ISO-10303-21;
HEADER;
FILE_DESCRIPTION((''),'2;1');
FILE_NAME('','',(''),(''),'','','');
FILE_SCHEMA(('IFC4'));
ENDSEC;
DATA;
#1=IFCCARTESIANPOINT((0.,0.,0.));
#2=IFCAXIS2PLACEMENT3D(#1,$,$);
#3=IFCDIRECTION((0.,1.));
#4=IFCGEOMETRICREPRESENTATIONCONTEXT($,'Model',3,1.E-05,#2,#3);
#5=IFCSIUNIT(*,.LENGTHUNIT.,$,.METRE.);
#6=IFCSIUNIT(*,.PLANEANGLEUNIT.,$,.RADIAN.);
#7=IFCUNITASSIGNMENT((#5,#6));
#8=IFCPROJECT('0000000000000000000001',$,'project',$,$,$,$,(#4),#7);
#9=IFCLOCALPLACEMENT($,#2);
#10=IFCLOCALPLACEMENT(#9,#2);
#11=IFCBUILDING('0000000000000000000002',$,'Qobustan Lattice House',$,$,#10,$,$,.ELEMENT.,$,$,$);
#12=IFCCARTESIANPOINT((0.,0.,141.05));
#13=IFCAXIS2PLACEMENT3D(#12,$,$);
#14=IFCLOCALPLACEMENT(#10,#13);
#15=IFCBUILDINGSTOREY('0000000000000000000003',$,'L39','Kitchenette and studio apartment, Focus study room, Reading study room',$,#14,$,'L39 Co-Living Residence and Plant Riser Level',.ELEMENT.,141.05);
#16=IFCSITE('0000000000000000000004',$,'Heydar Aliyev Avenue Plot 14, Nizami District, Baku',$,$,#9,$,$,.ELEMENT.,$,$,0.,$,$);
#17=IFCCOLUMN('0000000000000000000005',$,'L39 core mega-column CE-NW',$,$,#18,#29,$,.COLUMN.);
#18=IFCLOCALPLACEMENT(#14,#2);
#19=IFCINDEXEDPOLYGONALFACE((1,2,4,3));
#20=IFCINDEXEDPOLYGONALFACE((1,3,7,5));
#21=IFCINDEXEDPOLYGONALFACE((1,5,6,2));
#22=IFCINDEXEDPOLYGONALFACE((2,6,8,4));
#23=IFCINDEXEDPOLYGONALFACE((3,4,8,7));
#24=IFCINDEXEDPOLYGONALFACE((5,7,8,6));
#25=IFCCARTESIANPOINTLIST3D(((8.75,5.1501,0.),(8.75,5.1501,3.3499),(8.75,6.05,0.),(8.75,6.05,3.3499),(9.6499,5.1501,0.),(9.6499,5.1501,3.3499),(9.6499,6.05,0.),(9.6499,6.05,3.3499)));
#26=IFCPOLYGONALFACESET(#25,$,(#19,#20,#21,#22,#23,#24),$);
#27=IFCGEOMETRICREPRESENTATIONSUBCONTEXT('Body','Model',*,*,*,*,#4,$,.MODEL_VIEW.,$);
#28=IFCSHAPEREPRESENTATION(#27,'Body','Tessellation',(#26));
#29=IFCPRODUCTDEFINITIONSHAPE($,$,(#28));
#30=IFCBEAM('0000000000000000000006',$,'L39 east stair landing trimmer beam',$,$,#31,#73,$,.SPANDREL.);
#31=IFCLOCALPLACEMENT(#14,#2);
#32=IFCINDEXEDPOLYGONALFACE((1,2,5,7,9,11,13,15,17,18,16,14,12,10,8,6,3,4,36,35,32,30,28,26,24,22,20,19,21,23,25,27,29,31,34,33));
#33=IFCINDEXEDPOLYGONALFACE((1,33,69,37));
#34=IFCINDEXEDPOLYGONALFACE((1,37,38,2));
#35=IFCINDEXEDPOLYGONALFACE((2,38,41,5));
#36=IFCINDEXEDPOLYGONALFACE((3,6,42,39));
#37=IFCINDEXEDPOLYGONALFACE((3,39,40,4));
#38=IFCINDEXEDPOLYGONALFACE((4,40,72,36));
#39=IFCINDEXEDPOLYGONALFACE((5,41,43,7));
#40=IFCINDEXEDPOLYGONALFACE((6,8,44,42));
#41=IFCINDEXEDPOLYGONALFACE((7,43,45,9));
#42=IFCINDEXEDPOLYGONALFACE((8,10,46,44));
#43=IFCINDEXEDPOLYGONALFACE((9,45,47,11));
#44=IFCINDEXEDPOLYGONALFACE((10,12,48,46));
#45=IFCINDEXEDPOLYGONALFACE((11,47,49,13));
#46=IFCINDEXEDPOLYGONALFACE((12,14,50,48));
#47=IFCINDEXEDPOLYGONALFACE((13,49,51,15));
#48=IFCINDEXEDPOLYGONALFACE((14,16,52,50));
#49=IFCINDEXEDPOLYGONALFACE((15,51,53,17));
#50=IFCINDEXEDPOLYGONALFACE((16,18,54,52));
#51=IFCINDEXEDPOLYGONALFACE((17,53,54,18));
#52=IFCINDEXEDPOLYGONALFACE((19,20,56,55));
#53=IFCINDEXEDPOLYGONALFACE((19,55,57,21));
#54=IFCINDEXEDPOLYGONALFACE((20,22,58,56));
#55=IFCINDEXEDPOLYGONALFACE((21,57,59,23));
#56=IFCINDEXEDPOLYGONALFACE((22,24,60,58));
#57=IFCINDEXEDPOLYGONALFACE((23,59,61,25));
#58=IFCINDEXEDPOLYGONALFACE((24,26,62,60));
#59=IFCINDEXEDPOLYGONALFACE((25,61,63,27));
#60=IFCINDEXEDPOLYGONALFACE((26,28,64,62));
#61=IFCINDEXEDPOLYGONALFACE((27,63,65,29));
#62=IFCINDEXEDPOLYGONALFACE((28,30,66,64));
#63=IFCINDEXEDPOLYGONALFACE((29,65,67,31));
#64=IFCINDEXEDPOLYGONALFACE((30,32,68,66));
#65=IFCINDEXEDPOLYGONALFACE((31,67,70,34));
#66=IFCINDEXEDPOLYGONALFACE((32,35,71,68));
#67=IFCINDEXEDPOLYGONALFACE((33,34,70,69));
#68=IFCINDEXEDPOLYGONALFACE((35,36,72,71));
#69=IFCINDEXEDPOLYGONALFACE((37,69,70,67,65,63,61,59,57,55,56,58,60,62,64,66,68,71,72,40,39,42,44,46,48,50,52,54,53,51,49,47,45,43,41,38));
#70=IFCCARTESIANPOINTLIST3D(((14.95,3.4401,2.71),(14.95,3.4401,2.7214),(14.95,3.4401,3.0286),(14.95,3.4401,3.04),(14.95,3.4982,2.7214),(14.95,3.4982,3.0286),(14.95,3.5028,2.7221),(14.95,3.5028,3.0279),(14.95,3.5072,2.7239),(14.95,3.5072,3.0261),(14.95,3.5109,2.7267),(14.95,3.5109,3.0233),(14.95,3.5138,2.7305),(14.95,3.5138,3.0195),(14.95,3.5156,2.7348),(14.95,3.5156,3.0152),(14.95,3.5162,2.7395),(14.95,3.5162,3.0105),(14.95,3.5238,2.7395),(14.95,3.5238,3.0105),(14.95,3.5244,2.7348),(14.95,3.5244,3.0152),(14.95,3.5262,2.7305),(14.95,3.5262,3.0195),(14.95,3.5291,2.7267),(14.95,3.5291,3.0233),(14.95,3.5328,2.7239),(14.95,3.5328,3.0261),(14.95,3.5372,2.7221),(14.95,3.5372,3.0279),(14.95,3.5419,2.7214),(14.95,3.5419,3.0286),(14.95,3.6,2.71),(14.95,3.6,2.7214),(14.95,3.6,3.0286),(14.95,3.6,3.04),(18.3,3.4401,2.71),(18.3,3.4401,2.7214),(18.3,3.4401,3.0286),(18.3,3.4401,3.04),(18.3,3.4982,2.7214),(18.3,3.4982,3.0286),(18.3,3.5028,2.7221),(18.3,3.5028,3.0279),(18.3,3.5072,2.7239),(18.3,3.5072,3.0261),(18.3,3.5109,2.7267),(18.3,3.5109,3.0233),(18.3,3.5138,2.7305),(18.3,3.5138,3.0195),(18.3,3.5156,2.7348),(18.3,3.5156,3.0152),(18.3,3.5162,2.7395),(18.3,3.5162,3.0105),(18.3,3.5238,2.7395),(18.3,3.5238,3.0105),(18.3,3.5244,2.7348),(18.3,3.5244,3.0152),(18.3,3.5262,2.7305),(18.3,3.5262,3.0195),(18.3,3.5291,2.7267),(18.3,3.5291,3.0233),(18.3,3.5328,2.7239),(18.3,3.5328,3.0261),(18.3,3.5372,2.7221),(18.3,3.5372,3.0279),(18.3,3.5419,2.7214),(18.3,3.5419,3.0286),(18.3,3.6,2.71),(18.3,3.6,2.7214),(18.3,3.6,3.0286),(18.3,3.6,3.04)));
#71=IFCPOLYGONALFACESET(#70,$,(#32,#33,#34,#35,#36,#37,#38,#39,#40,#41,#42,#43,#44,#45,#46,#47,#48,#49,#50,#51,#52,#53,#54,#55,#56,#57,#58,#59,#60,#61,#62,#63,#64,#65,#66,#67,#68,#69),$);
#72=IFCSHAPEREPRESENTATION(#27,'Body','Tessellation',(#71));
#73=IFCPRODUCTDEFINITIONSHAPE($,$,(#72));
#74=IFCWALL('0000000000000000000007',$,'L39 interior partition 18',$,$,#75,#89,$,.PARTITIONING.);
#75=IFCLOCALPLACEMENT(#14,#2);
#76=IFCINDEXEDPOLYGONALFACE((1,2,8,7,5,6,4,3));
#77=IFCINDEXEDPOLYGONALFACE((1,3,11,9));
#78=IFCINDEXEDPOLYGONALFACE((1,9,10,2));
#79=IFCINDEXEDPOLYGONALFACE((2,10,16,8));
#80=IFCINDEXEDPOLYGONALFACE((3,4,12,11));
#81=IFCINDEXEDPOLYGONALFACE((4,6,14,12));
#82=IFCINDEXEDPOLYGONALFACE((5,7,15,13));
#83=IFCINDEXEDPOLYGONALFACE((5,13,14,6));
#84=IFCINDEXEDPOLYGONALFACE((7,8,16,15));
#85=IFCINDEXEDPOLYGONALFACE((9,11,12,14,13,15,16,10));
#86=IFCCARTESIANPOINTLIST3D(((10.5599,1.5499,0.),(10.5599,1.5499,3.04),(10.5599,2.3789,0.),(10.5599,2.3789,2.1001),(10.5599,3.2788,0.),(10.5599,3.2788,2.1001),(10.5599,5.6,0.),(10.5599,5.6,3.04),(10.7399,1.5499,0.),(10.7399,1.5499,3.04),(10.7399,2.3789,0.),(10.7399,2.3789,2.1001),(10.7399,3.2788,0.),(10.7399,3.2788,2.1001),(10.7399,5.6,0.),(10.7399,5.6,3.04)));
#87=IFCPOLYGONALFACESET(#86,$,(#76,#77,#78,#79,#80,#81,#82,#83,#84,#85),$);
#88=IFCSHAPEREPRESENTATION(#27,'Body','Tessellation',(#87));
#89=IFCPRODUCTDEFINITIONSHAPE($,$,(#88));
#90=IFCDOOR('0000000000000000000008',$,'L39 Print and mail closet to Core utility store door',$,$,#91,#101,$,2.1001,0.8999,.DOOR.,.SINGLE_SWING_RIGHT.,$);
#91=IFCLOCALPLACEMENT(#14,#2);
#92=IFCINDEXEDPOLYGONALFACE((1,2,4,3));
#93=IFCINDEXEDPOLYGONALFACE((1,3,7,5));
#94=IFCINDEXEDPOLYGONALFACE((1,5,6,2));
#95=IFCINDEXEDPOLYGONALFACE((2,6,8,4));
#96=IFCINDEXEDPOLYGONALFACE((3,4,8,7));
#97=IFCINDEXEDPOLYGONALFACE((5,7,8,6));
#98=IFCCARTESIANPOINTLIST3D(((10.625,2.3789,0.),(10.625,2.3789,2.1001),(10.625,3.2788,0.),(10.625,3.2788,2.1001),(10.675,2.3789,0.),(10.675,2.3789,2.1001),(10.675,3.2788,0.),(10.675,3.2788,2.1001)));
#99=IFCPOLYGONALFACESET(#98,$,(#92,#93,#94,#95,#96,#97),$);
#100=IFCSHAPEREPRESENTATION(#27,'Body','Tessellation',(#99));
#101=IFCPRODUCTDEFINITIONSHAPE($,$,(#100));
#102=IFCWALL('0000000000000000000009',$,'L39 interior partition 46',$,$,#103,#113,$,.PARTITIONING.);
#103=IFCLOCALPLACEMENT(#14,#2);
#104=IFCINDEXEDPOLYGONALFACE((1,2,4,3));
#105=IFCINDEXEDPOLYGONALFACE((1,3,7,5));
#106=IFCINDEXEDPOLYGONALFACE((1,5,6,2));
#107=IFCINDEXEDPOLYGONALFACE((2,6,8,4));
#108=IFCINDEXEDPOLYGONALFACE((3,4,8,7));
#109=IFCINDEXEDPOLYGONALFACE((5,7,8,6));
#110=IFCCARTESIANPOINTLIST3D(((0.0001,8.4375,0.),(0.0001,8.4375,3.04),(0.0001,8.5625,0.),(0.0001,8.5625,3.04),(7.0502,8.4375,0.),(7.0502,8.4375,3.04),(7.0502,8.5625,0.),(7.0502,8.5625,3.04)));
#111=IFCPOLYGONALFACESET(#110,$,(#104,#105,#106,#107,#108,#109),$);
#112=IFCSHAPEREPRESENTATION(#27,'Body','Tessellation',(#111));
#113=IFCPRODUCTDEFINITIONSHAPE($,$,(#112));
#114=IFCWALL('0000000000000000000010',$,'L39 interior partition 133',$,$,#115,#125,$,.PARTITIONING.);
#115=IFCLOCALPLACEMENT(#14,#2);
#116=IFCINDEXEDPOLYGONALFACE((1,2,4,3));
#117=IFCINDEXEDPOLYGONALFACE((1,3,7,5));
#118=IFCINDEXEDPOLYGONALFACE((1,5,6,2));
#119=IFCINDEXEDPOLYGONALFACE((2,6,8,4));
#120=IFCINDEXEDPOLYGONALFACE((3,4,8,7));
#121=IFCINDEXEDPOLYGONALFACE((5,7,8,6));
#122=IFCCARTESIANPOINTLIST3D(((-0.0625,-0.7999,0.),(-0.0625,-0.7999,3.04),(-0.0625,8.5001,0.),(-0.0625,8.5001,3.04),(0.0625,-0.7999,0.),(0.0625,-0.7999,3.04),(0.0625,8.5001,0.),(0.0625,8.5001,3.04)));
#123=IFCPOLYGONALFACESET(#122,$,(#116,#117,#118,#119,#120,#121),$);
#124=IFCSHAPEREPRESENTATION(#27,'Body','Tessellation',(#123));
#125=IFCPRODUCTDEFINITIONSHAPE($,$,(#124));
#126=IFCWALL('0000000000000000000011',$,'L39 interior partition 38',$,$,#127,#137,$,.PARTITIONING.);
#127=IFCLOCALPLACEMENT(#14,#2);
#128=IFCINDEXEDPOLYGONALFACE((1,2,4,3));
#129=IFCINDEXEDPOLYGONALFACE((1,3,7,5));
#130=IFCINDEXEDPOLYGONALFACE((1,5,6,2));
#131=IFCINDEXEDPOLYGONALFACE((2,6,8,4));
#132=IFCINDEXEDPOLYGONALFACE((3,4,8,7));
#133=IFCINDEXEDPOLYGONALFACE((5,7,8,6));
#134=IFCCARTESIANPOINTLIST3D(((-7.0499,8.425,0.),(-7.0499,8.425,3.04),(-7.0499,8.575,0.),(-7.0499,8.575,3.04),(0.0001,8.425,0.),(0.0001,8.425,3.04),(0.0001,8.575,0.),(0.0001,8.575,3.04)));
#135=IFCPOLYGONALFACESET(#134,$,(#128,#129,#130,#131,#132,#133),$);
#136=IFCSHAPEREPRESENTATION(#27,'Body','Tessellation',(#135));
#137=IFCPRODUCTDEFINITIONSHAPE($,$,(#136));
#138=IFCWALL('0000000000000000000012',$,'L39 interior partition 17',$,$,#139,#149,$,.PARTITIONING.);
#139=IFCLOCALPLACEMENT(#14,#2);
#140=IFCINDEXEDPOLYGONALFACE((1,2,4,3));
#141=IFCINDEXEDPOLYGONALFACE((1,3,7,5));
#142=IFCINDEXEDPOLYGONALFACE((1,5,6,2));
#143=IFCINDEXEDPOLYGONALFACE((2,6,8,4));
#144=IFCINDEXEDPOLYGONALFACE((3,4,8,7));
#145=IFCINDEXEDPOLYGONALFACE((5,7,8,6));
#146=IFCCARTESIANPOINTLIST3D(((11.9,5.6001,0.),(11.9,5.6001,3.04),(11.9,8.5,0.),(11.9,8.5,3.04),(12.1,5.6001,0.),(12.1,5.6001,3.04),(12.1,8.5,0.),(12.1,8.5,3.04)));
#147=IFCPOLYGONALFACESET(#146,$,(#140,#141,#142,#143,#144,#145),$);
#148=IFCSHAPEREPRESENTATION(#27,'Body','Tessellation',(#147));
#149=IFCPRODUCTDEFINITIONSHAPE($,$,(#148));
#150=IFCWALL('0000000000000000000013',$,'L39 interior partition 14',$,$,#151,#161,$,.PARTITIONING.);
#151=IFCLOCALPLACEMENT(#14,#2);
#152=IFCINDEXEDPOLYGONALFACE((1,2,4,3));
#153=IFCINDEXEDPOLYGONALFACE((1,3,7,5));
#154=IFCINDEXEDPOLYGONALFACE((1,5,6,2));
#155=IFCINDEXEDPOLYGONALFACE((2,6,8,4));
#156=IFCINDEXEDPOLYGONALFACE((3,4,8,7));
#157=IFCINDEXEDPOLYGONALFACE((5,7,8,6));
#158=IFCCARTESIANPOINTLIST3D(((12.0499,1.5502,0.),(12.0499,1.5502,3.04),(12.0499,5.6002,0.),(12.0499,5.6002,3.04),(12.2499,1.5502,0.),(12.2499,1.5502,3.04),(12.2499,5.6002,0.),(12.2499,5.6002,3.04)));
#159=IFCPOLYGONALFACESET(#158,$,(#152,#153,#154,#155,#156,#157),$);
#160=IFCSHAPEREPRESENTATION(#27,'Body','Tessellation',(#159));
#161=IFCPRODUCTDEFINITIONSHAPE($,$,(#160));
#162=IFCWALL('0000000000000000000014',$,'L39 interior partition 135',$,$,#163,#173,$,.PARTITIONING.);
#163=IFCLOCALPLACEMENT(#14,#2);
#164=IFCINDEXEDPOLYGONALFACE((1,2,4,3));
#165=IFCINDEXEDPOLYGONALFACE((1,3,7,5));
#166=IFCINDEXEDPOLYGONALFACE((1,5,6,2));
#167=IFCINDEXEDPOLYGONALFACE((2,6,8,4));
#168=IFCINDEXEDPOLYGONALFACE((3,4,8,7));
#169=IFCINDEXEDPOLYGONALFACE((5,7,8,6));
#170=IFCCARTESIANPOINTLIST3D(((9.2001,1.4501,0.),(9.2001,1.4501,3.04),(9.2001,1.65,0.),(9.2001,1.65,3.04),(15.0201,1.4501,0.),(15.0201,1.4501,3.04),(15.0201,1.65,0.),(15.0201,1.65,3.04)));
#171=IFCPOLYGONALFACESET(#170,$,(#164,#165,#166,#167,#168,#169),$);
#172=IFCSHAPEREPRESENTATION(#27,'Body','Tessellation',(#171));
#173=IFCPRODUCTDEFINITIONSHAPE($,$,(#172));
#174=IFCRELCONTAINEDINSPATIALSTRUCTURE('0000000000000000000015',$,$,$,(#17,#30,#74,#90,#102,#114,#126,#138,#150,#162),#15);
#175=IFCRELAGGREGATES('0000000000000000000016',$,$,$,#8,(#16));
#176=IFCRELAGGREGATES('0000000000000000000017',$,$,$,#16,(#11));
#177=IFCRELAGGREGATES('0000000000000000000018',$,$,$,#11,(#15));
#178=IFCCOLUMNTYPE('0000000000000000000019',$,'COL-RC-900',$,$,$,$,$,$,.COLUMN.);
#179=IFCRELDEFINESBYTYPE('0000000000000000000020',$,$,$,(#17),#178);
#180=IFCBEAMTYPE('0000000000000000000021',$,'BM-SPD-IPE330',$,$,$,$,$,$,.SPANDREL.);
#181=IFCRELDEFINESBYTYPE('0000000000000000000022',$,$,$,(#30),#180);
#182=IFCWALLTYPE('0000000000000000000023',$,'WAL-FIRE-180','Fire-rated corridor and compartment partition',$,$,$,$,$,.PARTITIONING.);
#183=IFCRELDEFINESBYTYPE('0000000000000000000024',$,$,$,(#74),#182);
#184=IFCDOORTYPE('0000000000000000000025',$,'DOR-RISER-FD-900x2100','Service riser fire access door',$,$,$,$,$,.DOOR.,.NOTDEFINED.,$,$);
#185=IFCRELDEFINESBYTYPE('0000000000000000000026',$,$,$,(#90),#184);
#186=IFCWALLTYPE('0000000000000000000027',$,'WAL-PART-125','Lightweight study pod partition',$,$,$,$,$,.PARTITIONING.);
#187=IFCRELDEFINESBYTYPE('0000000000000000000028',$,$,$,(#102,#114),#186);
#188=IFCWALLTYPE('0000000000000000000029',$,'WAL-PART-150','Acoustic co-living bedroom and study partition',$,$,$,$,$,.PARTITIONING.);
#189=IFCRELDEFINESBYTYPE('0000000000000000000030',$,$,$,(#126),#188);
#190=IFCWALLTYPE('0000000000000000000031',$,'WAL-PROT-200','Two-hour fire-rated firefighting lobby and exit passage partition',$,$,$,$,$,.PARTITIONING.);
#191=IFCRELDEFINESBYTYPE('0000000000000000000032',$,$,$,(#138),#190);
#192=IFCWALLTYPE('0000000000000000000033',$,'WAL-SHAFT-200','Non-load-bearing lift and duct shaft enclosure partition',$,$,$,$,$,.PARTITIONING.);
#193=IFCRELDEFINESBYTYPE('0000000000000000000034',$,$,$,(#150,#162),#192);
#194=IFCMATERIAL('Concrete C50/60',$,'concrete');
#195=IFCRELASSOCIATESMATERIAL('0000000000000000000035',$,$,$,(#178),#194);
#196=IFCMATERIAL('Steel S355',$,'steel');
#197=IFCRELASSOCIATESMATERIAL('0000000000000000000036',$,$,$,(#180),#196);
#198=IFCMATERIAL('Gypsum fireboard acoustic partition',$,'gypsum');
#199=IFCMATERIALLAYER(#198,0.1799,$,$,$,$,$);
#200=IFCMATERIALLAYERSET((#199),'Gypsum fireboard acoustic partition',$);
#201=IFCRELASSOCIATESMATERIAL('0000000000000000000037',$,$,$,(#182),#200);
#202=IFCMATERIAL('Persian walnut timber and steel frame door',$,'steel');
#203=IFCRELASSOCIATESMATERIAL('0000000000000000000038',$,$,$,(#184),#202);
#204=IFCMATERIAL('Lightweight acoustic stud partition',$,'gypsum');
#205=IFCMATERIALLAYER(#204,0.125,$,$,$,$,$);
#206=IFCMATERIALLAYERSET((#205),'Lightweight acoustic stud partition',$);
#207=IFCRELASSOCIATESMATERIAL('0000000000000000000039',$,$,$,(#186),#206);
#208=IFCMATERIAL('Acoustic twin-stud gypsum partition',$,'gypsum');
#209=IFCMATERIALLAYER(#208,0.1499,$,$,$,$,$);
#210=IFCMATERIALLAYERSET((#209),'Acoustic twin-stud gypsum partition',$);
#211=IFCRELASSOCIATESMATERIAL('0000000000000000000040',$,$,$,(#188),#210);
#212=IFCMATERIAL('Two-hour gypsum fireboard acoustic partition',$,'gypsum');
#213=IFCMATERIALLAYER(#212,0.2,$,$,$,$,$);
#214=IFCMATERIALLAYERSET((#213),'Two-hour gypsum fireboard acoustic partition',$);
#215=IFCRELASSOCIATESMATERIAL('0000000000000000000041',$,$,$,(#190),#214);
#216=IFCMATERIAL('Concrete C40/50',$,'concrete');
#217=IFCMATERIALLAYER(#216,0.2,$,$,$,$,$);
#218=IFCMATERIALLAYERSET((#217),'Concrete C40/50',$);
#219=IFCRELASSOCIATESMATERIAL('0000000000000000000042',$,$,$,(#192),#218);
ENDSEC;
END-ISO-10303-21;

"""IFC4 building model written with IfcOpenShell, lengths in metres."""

from ifc_helpers import new_model, si_unit, direction, frame, frame_2d, origin, origin_2d, place, context, subcontext, project, spatial, rectangle, i_section, extrude, material, layer, layer_set, material_profile, profile_set, type_object, element, fill, save


model = new_model("IFC4")

# Units and contexts
model_context = context("Model", 3, precision=1e-05, world=origin(), true_north=direction((0.0, 1.0)))
body_context = subcontext(model_context, "Body", "Model", "MODEL_VIEW")
ifc_project = project(units=[si_unit("LENGTHUNIT", "METRE"), si_unit("PLANEANGLEUNIT", "RADIAN")], contexts=[model_context])

# Site, building, storey
site_placement = place(None, origin())
site = spatial("IfcSite", under=ifc_project, at=site_placement, Name="Heydar Aliyev Avenue Plot 14, Nizami District, Baku", CompositionType="ELEMENT", RefElevation=0.0)
building_placement = place(site_placement, origin())
building = spatial("IfcBuilding", under=site, at=building_placement, Name="Qobustan Lattice House", CompositionType="ELEMENT")
storey_placement = place(building_placement, frame((0.0, 0.0, 141.05)))
storey = spatial("IfcBuildingStorey", under=building, at=storey_placement, Name="L39", Description="Kitchenette and studio apartment, Focus study room, Reading study room", LongName="L39 Co-Living Residence and Plant Riser Level", CompositionType="ELEMENT", Elevation=141.05)

# Column
ifc_material_1 = material(Name="Concrete C50/60", Category="concrete")
ifc_material_profile_1 = material_profile(ifc_material_1, rectangle(XDim=0.8999, YDim=0.8999, at=origin_2d()), Name="RC900x900")
ifc_profile_set_1 = profile_set([ifc_material_profile_1], Name="Concrete C50/60")
column_type = type_object("IfcColumnType", Name="COL-RC-900", PredefinedType="COLUMN", material=ifc_profile_set_1)
column_placement = place(storey_placement, frame((9.2, 5.6001, 0.0), z_axis=(0.0, 0.0, 1.0), x_axis=(1.0, 0.0, 0.0)))
element("IfcColumn", 1, at=column_placement, inside=storey, type_object=column_type, Name="L39 core mega-column CE-NW", PredefinedType="COLUMN", context=body_context, shape_type="SweptSolid", body=[
    extrude(rectangle(XDim=0.8999, YDim=0.8999, at=origin_2d()), origin(), (0.0, 0.0, 1.0), 3.3499),
])

# Beam
ifc_material_2 = material(Name="Steel S355", Category="steel")
ifc_material_profile_2 = material_profile(ifc_material_2, i_section(OverallWidth=0.1599, OverallDepth=0.3301, WebThickness=0.0076, FlangeThickness=0.0115, FilletRadius=0.0181, at=origin_2d()), Name="IPE330")
ifc_profile_set_2 = profile_set([ifc_material_profile_2], Name="Steel S355")
beam_type = type_object("IfcBeamType", Name="BM-SPD-IPE330", PredefinedType="SPANDREL", material=ifc_profile_set_2)
beam_placement = place(storey_placement, frame((14.95, 3.52, 2.875), z_axis=(1.0, 0.0, 0.0), x_axis=(0.0, 1.0, 0.0)))
element("IfcBeam", 2, at=beam_placement, inside=storey, type_object=beam_type, Name="L39 east stair landing trimmer beam", PredefinedType="SPANDREL", context=body_context, shape_type="SweptSolid", body=[
    extrude(i_section(OverallWidth=0.1599, OverallDepth=0.3301, WebThickness=0.0076, FlangeThickness=0.0115, FilletRadius=0.0181, at=origin_2d()), origin(), (0.0, 0.0, 1.0), 3.3501),
])

# Wall, opening, door
ifc_material_3 = material(Name="Gypsum fireboard acoustic partition", Category="gypsum")
ifc_layer_1 = layer(ifc_material_3, 0.1799)
ifc_layer_set_1 = layer_set([ifc_layer_1], Name="Gypsum fireboard acoustic partition")
wall_type_1 = type_object("IfcWallType", Name="WAL-FIRE-180", Description="Fire-rated corridor and compartment partition", PredefinedType="PARTITIONING", material=ifc_layer_set_1)
wall_1_placement = place(storey_placement, frame((10.6499, 1.55, 0.0), z_axis=(0.0, 0.0, 1.0), x_axis=(0.0, 1.0, 0.0)))
wall_1 = element("IfcWall", 3, at=wall_1_placement, inside=storey, type_object=wall_type_1, Name="L39 interior partition 18", PredefinedType="PARTITIONING", context=body_context, shape_type="SweptSolid", body=[
    extrude(rectangle(XDim=4.05, YDim=0.1799, at=frame_2d((2.0249, 0.0))), origin(), (0.0, 0.0, 1.0), 3.04),
])
opening_1_placement = place(wall_1_placement, frame((0.8289, 0.0, 0.0)))
opening_1 = element("IfcOpeningElement", 4, at=opening_1_placement, cuts=wall_1, PredefinedType="OPENING", context=body_context, shape_type="SweptSolid", body=[
    extrude(rectangle(XDim=0.8999, YDim=2.1001, at=frame_2d((0.45, 1.05))), frame((0.0, 0.0999, 0.0), z_axis=(0.0, -1.0, 0.0), x_axis=(1.0, 0.0, 0.0)), (0.0, 0.0, 1.0), 0.2),
])
ifc_material_4 = material(Name="Persian walnut timber and steel frame door", Category="steel")
door_type_1 = type_object("IfcDoorType", Name="DOR-RISER-FD-900x2100", Description="Service riser fire access door", OperationType="NOTDEFINED", PredefinedType="DOOR", material=ifc_material_4)
door_1_placement = place(opening_1_placement, origin())
door_1 = element("IfcDoor", 5, at=door_1_placement, inside=storey, type_object=door_type_1, Name="L39 Print and mail closet to Core utility store door", OperationType="SINGLE_SWING_RIGHT", OverallHeight=2.1001, OverallWidth=0.8999, PredefinedType="DOOR", context=body_context, shape_type="SweptSolid", body=[
    extrude(rectangle(XDim=0.8999, YDim=2.1001, at=frame_2d((0.45, 1.05))), frame((0.0, 0.0249, 0.0), z_axis=(0.0, -1.0, 0.0), x_axis=(1.0, 0.0, 0.0)), (0.0, 0.0, 1.0), 0.05),
])
fill(opening_1, door_1)

# Walls
ifc_material_5 = material(Name="Lightweight acoustic stud partition", Category="gypsum")
ifc_layer_2 = layer(ifc_material_5, 0.125)
ifc_layer_set_2 = layer_set([ifc_layer_2], Name="Lightweight acoustic stud partition")
wall_type_2 = type_object("IfcWallType", Name="WAL-PART-125", Description="Lightweight study pod partition", PredefinedType="PARTITIONING", material=ifc_layer_set_2)
wall_2_placement = place(storey_placement, frame((7.05, 8.5, 0.0), z_axis=(0.0, 0.0, 1.0), x_axis=(-1.0, 0.0, 0.0)))
element("IfcWall", 6, at=wall_2_placement, inside=storey, type_object=wall_type_2, Name="L39 interior partition 46", PredefinedType="PARTITIONING", context=body_context, shape_type="SweptSolid", body=[
    extrude(rectangle(XDim=7.05, YDim=0.125, at=frame_2d((3.5249, 0.0))), origin(), (0.0, 0.0, 1.0), 3.04),
])
wall_3_placement = place(storey_placement, frame((0.0, 8.5, 0.0), z_axis=(0.0, 0.0, 1.0), x_axis=(0.0, -1.0, 0.0)))
element("IfcWall", 7, at=wall_3_placement, inside=storey, type_object=wall_type_2, Name="L39 interior partition 133", PredefinedType="PARTITIONING", context=body_context, shape_type="SweptSolid", body=[
    extrude(rectangle(XDim=9.3, YDim=0.125, at=frame_2d((4.6499, 0.0))), origin(), (0.0, 0.0, 1.0), 3.04),
])
ifc_material_6 = material(Name="Acoustic twin-stud gypsum partition", Category="gypsum")
ifc_layer_3 = layer(ifc_material_6, 0.1499)
ifc_layer_set_3 = layer_set([ifc_layer_3], Name="Acoustic twin-stud gypsum partition")
wall_type_3 = type_object("IfcWallType", Name="WAL-PART-150", Description="Acoustic co-living bedroom and study partition", PredefinedType="PARTITIONING", material=ifc_layer_set_3)
wall_4_placement = place(storey_placement, frame((0.0, 8.5, 0.0), z_axis=(0.0, 0.0, 1.0), x_axis=(-1.0, 0.0, 0.0)))
element("IfcWall", 8, at=wall_4_placement, inside=storey, type_object=wall_type_3, Name="L39 interior partition 38", PredefinedType="PARTITIONING", context=body_context, shape_type="SweptSolid", body=[
    extrude(rectangle(XDim=7.05, YDim=0.1499, at=frame_2d((3.5249, 0.0))), origin(), (0.0, 0.0, 1.0), 3.04),
])
ifc_material_7 = material(Name="Two-hour gypsum fireboard acoustic partition", Category="gypsum")
ifc_layer_4 = layer(ifc_material_7, 0.2)
ifc_layer_set_4 = layer_set([ifc_layer_4], Name="Two-hour gypsum fireboard acoustic partition")
wall_type_4 = type_object("IfcWallType", Name="WAL-PROT-200", Description="Two-hour fire-rated firefighting lobby and exit passage partition", PredefinedType="PARTITIONING", material=ifc_layer_set_4)
wall_5_placement = place(storey_placement, frame((12.0, 8.5, 0.0), z_axis=(0.0, 0.0, 1.0), x_axis=(0.0, -1.0, 0.0)))
element("IfcWall", 9, at=wall_5_placement, inside=storey, type_object=wall_type_4, Name="L39 interior partition 17", PredefinedType="PARTITIONING", context=body_context, shape_type="SweptSolid", body=[
    extrude(rectangle(XDim=2.8999, YDim=0.2, at=frame_2d((1.45, 0.0))), origin(), (0.0, 0.0, 1.0), 3.04),
])
ifc_material_8 = material(Name="Concrete C40/50", Category="concrete")
ifc_layer_5 = layer(ifc_material_8, 0.2)
ifc_layer_set_5 = layer_set([ifc_layer_5], Name="Concrete C40/50")
wall_type_5 = type_object("IfcWallType", Name="WAL-SHAFT-200", Description="Non-load-bearing lift and duct shaft enclosure partition", PredefinedType="PARTITIONING", material=ifc_layer_set_5)
wall_6_placement = place(storey_placement, frame((12.1499, 5.6001, 0.0), z_axis=(0.0, 0.0, 1.0), x_axis=(0.0, -1.0, 0.0)))
element("IfcWall", 10, at=wall_6_placement, inside=storey, type_object=wall_type_5, Name="L39 interior partition 14", PredefinedType="PARTITIONING", context=body_context, shape_type="SweptSolid", body=[
    extrude(rectangle(XDim=4.05, YDim=0.2, at=frame_2d((2.0249, 0.0))), origin(), (0.0, 0.0, 1.0), 3.04),
])
wall_7_placement = place(storey_placement, frame((9.2, 1.55, 0.0), z_axis=(0.0, 0.0, 1.0), x_axis=(1.0, 0.0, 0.0)))
element("IfcWall", 11, at=wall_7_placement, inside=storey, type_object=wall_type_5, Name="L39 interior partition 135", PredefinedType="PARTITIONING", context=body_context, shape_type="SweptSolid", body=[
    extrude(rectangle(XDim=5.8201, YDim=0.2, at=frame_2d((2.9102, 0.0))), origin(), (0.0, 0.0, 1.0), 3.04),
])

save(model, "model.ifc")
